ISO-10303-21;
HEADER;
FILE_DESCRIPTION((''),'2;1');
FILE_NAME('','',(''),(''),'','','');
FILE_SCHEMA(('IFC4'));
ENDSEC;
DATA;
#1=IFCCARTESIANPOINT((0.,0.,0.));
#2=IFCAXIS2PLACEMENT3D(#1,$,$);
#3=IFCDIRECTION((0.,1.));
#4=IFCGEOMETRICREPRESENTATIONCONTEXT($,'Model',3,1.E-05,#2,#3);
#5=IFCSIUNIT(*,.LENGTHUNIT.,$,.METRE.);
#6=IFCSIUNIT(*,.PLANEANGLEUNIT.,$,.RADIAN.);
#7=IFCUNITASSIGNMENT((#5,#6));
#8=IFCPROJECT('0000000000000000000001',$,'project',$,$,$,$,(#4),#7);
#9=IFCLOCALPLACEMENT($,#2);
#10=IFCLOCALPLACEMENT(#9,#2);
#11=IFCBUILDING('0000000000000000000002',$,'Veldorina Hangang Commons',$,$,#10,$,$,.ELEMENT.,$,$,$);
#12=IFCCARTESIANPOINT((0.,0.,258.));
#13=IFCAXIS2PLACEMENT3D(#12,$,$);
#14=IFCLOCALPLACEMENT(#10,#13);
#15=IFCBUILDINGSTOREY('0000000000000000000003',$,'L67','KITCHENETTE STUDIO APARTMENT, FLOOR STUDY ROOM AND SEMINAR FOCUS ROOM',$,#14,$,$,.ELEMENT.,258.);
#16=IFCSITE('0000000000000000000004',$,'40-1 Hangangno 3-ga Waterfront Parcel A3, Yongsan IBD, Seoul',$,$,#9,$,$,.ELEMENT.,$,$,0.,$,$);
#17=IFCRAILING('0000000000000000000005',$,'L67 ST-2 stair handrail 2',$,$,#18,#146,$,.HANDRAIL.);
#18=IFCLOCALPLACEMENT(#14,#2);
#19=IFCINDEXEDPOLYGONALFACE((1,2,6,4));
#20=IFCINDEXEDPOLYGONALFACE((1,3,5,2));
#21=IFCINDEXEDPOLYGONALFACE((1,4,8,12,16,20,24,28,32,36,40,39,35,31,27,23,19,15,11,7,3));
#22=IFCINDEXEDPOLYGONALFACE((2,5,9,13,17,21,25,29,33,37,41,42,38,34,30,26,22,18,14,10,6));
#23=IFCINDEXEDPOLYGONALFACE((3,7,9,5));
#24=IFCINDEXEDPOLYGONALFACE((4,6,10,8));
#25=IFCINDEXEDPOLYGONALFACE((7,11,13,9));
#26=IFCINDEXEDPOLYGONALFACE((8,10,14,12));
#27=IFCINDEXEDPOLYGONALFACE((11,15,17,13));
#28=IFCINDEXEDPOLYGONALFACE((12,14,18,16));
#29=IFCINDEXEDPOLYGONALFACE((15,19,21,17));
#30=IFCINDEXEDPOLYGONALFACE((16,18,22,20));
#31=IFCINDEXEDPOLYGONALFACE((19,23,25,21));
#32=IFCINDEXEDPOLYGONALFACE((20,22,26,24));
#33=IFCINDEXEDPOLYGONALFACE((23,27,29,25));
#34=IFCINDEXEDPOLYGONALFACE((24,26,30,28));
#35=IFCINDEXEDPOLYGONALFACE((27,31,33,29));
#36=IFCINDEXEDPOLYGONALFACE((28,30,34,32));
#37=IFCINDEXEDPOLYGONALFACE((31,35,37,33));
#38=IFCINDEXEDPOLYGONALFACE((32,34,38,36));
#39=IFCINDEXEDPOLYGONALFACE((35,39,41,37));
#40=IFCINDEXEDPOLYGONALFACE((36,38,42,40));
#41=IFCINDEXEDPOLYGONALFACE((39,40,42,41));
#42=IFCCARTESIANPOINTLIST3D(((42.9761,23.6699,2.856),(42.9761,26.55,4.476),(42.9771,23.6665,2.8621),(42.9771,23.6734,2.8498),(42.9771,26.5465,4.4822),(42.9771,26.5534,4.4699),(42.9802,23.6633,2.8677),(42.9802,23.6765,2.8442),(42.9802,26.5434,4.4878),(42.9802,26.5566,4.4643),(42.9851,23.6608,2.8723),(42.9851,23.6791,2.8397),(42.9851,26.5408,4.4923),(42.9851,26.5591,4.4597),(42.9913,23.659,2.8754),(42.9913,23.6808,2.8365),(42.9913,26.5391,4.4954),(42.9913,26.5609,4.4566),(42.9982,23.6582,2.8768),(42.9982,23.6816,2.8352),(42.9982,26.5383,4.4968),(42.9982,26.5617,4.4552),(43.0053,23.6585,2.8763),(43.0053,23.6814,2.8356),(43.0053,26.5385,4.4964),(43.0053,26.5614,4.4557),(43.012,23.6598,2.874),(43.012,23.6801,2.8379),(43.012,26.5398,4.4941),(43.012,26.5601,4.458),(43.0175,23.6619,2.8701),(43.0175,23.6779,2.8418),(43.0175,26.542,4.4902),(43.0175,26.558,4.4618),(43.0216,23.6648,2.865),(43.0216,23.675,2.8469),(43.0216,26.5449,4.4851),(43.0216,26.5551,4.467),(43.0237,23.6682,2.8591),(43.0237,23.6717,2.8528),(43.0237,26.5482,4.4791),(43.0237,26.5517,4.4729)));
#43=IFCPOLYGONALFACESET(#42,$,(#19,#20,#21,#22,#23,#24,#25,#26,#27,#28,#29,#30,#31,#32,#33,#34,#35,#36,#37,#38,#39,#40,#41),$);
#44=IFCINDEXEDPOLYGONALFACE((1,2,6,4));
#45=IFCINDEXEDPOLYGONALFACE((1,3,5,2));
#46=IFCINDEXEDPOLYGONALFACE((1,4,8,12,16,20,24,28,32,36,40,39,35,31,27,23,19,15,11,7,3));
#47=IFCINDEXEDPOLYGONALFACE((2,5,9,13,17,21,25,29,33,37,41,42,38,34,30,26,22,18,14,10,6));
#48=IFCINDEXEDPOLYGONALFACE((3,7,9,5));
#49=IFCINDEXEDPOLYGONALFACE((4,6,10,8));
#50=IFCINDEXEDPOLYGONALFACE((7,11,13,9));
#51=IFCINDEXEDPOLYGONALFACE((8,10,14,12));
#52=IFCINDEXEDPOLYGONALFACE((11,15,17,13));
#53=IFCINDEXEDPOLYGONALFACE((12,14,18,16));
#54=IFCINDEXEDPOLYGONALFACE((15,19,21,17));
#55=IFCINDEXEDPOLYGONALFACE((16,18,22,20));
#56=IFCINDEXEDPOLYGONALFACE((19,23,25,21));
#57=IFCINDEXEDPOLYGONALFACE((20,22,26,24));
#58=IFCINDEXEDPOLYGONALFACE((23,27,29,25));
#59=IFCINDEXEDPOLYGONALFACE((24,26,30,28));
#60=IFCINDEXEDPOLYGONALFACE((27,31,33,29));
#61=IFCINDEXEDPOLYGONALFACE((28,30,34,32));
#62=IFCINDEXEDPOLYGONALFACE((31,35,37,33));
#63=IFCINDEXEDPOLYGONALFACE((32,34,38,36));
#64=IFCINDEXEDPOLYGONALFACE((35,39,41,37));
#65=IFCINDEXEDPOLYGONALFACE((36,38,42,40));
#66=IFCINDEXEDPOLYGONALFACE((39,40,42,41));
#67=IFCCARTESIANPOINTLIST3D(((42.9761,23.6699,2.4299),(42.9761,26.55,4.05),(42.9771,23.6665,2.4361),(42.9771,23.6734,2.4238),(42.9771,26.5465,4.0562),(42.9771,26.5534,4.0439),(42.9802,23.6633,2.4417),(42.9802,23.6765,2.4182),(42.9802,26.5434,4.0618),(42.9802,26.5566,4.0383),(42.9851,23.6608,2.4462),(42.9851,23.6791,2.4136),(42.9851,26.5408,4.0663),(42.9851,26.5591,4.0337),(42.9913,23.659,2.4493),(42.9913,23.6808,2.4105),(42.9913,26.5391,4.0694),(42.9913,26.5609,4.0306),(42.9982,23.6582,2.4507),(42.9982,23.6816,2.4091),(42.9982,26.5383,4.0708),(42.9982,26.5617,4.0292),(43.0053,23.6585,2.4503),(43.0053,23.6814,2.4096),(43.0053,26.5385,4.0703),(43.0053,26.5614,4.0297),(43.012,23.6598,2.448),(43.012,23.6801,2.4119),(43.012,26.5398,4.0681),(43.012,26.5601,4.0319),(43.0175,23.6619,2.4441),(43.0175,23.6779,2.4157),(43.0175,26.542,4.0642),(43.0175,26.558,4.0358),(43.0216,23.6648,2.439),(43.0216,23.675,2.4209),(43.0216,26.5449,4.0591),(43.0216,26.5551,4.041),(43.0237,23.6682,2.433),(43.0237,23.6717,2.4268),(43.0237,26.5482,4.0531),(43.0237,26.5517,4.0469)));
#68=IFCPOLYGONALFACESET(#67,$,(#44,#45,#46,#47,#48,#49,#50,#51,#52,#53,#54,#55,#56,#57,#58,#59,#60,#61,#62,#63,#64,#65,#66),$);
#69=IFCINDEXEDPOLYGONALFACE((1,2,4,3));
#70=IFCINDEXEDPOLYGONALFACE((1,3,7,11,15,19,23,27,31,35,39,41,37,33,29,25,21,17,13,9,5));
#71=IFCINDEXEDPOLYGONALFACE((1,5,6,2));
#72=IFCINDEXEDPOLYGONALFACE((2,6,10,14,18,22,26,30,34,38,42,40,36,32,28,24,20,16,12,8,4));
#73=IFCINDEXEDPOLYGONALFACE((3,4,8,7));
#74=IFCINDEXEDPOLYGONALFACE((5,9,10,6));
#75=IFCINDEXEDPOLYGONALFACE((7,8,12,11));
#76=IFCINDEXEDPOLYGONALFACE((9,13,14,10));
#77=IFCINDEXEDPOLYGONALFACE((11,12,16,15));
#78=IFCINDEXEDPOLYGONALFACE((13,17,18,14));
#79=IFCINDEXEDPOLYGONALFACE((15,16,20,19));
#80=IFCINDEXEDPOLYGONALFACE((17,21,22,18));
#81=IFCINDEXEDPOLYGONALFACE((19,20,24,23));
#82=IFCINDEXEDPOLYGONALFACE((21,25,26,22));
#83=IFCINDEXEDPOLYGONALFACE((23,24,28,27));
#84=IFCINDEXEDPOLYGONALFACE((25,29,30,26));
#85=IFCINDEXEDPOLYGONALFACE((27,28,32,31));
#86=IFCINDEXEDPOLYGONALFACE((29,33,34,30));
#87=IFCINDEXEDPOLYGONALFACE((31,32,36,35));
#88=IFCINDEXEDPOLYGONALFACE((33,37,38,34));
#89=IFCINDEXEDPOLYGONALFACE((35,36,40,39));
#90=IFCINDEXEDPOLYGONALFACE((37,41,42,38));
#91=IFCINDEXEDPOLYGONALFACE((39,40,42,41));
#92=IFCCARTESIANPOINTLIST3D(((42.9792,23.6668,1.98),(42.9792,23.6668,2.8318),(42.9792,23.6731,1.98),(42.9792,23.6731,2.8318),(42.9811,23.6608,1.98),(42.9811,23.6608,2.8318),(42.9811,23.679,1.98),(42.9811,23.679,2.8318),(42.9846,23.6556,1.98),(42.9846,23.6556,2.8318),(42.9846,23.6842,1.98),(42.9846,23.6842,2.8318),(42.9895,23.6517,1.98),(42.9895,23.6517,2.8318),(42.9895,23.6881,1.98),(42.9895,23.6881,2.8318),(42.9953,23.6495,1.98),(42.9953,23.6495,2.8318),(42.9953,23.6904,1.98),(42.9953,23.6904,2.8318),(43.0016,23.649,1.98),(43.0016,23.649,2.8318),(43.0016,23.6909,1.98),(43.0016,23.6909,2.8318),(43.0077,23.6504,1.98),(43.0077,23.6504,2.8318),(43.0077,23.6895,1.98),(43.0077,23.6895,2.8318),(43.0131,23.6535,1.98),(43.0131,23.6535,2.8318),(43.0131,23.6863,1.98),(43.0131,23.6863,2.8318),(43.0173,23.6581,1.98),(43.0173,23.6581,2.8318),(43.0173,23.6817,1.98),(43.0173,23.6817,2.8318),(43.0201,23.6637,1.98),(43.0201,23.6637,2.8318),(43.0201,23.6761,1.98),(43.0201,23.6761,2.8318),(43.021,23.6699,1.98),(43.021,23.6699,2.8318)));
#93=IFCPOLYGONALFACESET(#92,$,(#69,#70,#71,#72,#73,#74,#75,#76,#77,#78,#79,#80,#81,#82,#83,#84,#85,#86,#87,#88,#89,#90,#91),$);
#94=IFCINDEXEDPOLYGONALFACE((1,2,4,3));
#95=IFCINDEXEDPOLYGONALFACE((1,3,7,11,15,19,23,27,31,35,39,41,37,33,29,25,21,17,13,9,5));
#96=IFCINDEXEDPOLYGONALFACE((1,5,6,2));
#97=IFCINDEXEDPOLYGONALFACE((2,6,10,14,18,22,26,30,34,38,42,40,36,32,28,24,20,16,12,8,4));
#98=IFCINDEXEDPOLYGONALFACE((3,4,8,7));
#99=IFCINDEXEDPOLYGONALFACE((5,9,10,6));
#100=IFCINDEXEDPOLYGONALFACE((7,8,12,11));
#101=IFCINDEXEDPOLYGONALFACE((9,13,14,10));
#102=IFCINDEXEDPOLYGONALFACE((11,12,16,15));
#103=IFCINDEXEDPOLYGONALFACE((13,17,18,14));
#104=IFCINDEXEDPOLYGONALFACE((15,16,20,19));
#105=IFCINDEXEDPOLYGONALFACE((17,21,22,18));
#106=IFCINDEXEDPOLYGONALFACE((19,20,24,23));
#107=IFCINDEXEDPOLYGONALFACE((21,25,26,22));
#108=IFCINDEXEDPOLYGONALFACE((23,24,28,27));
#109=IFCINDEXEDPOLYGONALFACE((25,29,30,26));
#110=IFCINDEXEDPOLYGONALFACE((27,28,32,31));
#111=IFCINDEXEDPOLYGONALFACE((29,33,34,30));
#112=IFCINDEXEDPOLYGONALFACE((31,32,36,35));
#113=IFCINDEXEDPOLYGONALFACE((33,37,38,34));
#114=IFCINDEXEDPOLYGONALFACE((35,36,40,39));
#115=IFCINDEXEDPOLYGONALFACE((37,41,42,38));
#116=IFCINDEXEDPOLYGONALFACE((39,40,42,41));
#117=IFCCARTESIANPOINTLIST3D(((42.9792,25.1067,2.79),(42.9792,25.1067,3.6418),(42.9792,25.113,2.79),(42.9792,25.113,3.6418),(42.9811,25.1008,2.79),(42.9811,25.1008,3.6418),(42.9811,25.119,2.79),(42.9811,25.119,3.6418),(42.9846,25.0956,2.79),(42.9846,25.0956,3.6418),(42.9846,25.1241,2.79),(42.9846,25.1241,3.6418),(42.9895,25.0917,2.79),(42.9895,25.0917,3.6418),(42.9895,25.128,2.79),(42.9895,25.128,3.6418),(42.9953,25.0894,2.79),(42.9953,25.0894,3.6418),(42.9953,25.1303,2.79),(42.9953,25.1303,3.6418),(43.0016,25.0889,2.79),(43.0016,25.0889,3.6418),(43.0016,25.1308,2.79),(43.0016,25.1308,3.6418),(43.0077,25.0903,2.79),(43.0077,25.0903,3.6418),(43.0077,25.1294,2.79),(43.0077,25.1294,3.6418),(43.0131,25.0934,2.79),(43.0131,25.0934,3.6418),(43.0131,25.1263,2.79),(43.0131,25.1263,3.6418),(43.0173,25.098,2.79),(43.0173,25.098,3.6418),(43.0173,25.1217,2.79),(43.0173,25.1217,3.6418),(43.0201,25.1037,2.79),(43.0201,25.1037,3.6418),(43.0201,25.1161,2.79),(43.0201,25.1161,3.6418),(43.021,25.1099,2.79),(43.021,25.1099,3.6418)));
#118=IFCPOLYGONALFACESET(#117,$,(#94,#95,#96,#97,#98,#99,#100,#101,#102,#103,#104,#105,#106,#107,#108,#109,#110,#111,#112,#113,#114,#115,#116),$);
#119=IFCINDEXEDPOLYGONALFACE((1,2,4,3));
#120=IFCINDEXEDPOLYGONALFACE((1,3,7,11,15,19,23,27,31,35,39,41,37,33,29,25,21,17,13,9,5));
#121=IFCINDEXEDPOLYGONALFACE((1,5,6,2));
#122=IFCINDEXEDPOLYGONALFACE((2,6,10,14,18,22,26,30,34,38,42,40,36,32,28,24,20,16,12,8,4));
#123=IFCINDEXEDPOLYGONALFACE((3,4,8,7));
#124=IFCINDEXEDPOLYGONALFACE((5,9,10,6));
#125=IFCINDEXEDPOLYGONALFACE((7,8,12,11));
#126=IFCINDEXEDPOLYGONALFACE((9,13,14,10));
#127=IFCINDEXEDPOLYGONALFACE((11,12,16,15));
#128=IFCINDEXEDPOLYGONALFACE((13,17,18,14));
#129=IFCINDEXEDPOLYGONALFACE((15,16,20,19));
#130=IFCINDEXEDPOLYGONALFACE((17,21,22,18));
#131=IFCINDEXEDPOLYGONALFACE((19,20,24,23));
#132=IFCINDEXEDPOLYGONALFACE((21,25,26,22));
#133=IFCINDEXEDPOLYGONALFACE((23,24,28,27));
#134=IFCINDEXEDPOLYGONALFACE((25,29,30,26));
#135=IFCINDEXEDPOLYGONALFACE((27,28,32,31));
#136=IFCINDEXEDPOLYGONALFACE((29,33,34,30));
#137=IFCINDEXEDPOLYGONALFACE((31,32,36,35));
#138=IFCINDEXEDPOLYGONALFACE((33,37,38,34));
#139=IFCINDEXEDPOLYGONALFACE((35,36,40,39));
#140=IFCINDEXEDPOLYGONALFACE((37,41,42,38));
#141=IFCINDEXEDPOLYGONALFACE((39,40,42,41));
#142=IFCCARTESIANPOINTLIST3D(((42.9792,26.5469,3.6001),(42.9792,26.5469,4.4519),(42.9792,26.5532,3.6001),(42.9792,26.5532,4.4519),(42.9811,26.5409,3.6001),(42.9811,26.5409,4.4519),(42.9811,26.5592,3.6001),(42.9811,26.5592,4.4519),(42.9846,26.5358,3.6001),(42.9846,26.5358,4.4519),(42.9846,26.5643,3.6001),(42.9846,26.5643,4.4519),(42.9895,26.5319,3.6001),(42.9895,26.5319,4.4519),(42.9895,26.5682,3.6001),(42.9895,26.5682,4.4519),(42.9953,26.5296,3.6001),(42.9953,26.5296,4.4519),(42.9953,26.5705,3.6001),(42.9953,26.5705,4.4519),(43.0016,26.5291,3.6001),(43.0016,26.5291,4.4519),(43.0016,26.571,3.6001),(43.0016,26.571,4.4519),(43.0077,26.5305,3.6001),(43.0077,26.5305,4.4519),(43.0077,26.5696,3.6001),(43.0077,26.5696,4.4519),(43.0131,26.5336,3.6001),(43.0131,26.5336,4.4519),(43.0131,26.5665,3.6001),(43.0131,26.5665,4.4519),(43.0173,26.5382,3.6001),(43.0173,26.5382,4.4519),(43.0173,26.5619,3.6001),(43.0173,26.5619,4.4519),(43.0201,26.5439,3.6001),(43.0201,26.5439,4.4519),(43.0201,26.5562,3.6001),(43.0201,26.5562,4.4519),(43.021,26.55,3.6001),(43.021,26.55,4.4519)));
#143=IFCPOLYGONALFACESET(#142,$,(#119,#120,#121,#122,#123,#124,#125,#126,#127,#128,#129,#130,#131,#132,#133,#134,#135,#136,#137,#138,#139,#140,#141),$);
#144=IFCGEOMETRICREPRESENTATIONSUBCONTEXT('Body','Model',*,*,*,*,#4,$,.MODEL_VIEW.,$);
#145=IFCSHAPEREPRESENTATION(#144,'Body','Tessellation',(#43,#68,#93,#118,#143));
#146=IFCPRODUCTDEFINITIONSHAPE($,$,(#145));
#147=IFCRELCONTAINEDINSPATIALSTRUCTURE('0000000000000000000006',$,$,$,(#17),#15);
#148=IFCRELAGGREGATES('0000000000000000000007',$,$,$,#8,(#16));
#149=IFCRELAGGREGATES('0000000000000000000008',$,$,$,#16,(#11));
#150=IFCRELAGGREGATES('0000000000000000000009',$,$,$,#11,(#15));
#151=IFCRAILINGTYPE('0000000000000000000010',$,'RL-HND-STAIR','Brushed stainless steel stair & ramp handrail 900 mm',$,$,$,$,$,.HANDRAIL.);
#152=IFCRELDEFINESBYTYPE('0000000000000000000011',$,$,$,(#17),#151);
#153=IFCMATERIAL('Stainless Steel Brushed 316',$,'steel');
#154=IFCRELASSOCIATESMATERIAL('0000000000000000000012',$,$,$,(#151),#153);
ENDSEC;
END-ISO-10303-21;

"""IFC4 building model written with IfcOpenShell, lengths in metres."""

from ifc_helpers import new_model, si_unit, direction, frame, origin, origin_2d, place, context, subcontext, project, spatial, circle, extrude, material, type_object, element, save


model = new_model("IFC4")

# Units and contexts
model_context = context("Model", 3, precision=1e-05, world=origin(), true_north=direction((0.0, 1.0)))
body_context = subcontext(model_context, "Body", "Model", "MODEL_VIEW")
ifc_project = project(units=[si_unit("LENGTHUNIT", "METRE"), si_unit("PLANEANGLEUNIT", "RADIAN")], contexts=[model_context])

# Site, building, storey
site_placement = place(None, origin())
site = spatial("IfcSite", under=ifc_project, at=site_placement, Name="40-1 Hangangno 3-ga Waterfront Parcel A3, Yongsan IBD, Seoul", CompositionType="ELEMENT", RefElevation=0.0)
building_placement = place(site_placement, origin())
building = spatial("IfcBuilding", under=site, at=building_placement, Name="Veldorina Hangang Commons", CompositionType="ELEMENT")
storey_placement = place(building_placement, frame((0.0, 0.0, 258.0)))
storey = spatial("IfcBuildingStorey", under=building, at=storey_placement, Name="L67", Description="KITCHENETTE STUDIO APARTMENT, FLOOR STUDY ROOM AND SEMINAR FOCUS ROOM", CompositionType="ELEMENT", Elevation=258.0)

# Railing
ifc_material_1 = material(Name="Stainless Steel Brushed 316", Category="steel")
railing_type_1 = type_object("IfcRailingType", Name="RL-HND-STAIR", Description="Brushed stainless steel stair & ramp handrail 900 mm", PredefinedType="HANDRAIL", material=ifc_material_1)
railing_1_placement = place(storey_placement, frame((43.0, 23.6699, 1.98)))
element("IfcRailing", 1, at=railing_1_placement, inside=storey, type_object=railing_type_1, Name="L67 ST-2 stair handrail 2", PredefinedType="HANDRAIL", context=body_context, shape_type="SweptSolid", body=[
    extrude(circle(Radius=0.0239, at=origin_2d()), frame((0.0, 0.0, 0.876), z_axis=(0.0, 0.87157, 0.490272), x_axis=(-1.0, 0.0, 0.0)), (0.0, 0.0, 1.0), 3.3044),
    extrude(circle(Radius=0.0239, at=origin_2d()), frame((0.0, 0.0, 0.45), z_axis=(0.0, 0.87157, 0.490272), x_axis=(-1.0, 0.0, 0.0)), (0.0, 0.0, 1.0), 3.3044),
    extrude(circle(Radius=0.021, at=origin_2d()), origin(), (0.0, 0.0, 1.0), 0.8518),
    extrude(circle(Radius=0.021, at=origin_2d()), frame((0.0, 1.4399, 0.8101)), (0.0, 0.0, 1.0), 0.8518),
    extrude(circle(Radius=0.021, at=origin_2d()), frame((0.0, 2.8801, 1.6201)), (0.0, 0.0, 1.0), 0.8518),
])

save(model, "model.ifc")
